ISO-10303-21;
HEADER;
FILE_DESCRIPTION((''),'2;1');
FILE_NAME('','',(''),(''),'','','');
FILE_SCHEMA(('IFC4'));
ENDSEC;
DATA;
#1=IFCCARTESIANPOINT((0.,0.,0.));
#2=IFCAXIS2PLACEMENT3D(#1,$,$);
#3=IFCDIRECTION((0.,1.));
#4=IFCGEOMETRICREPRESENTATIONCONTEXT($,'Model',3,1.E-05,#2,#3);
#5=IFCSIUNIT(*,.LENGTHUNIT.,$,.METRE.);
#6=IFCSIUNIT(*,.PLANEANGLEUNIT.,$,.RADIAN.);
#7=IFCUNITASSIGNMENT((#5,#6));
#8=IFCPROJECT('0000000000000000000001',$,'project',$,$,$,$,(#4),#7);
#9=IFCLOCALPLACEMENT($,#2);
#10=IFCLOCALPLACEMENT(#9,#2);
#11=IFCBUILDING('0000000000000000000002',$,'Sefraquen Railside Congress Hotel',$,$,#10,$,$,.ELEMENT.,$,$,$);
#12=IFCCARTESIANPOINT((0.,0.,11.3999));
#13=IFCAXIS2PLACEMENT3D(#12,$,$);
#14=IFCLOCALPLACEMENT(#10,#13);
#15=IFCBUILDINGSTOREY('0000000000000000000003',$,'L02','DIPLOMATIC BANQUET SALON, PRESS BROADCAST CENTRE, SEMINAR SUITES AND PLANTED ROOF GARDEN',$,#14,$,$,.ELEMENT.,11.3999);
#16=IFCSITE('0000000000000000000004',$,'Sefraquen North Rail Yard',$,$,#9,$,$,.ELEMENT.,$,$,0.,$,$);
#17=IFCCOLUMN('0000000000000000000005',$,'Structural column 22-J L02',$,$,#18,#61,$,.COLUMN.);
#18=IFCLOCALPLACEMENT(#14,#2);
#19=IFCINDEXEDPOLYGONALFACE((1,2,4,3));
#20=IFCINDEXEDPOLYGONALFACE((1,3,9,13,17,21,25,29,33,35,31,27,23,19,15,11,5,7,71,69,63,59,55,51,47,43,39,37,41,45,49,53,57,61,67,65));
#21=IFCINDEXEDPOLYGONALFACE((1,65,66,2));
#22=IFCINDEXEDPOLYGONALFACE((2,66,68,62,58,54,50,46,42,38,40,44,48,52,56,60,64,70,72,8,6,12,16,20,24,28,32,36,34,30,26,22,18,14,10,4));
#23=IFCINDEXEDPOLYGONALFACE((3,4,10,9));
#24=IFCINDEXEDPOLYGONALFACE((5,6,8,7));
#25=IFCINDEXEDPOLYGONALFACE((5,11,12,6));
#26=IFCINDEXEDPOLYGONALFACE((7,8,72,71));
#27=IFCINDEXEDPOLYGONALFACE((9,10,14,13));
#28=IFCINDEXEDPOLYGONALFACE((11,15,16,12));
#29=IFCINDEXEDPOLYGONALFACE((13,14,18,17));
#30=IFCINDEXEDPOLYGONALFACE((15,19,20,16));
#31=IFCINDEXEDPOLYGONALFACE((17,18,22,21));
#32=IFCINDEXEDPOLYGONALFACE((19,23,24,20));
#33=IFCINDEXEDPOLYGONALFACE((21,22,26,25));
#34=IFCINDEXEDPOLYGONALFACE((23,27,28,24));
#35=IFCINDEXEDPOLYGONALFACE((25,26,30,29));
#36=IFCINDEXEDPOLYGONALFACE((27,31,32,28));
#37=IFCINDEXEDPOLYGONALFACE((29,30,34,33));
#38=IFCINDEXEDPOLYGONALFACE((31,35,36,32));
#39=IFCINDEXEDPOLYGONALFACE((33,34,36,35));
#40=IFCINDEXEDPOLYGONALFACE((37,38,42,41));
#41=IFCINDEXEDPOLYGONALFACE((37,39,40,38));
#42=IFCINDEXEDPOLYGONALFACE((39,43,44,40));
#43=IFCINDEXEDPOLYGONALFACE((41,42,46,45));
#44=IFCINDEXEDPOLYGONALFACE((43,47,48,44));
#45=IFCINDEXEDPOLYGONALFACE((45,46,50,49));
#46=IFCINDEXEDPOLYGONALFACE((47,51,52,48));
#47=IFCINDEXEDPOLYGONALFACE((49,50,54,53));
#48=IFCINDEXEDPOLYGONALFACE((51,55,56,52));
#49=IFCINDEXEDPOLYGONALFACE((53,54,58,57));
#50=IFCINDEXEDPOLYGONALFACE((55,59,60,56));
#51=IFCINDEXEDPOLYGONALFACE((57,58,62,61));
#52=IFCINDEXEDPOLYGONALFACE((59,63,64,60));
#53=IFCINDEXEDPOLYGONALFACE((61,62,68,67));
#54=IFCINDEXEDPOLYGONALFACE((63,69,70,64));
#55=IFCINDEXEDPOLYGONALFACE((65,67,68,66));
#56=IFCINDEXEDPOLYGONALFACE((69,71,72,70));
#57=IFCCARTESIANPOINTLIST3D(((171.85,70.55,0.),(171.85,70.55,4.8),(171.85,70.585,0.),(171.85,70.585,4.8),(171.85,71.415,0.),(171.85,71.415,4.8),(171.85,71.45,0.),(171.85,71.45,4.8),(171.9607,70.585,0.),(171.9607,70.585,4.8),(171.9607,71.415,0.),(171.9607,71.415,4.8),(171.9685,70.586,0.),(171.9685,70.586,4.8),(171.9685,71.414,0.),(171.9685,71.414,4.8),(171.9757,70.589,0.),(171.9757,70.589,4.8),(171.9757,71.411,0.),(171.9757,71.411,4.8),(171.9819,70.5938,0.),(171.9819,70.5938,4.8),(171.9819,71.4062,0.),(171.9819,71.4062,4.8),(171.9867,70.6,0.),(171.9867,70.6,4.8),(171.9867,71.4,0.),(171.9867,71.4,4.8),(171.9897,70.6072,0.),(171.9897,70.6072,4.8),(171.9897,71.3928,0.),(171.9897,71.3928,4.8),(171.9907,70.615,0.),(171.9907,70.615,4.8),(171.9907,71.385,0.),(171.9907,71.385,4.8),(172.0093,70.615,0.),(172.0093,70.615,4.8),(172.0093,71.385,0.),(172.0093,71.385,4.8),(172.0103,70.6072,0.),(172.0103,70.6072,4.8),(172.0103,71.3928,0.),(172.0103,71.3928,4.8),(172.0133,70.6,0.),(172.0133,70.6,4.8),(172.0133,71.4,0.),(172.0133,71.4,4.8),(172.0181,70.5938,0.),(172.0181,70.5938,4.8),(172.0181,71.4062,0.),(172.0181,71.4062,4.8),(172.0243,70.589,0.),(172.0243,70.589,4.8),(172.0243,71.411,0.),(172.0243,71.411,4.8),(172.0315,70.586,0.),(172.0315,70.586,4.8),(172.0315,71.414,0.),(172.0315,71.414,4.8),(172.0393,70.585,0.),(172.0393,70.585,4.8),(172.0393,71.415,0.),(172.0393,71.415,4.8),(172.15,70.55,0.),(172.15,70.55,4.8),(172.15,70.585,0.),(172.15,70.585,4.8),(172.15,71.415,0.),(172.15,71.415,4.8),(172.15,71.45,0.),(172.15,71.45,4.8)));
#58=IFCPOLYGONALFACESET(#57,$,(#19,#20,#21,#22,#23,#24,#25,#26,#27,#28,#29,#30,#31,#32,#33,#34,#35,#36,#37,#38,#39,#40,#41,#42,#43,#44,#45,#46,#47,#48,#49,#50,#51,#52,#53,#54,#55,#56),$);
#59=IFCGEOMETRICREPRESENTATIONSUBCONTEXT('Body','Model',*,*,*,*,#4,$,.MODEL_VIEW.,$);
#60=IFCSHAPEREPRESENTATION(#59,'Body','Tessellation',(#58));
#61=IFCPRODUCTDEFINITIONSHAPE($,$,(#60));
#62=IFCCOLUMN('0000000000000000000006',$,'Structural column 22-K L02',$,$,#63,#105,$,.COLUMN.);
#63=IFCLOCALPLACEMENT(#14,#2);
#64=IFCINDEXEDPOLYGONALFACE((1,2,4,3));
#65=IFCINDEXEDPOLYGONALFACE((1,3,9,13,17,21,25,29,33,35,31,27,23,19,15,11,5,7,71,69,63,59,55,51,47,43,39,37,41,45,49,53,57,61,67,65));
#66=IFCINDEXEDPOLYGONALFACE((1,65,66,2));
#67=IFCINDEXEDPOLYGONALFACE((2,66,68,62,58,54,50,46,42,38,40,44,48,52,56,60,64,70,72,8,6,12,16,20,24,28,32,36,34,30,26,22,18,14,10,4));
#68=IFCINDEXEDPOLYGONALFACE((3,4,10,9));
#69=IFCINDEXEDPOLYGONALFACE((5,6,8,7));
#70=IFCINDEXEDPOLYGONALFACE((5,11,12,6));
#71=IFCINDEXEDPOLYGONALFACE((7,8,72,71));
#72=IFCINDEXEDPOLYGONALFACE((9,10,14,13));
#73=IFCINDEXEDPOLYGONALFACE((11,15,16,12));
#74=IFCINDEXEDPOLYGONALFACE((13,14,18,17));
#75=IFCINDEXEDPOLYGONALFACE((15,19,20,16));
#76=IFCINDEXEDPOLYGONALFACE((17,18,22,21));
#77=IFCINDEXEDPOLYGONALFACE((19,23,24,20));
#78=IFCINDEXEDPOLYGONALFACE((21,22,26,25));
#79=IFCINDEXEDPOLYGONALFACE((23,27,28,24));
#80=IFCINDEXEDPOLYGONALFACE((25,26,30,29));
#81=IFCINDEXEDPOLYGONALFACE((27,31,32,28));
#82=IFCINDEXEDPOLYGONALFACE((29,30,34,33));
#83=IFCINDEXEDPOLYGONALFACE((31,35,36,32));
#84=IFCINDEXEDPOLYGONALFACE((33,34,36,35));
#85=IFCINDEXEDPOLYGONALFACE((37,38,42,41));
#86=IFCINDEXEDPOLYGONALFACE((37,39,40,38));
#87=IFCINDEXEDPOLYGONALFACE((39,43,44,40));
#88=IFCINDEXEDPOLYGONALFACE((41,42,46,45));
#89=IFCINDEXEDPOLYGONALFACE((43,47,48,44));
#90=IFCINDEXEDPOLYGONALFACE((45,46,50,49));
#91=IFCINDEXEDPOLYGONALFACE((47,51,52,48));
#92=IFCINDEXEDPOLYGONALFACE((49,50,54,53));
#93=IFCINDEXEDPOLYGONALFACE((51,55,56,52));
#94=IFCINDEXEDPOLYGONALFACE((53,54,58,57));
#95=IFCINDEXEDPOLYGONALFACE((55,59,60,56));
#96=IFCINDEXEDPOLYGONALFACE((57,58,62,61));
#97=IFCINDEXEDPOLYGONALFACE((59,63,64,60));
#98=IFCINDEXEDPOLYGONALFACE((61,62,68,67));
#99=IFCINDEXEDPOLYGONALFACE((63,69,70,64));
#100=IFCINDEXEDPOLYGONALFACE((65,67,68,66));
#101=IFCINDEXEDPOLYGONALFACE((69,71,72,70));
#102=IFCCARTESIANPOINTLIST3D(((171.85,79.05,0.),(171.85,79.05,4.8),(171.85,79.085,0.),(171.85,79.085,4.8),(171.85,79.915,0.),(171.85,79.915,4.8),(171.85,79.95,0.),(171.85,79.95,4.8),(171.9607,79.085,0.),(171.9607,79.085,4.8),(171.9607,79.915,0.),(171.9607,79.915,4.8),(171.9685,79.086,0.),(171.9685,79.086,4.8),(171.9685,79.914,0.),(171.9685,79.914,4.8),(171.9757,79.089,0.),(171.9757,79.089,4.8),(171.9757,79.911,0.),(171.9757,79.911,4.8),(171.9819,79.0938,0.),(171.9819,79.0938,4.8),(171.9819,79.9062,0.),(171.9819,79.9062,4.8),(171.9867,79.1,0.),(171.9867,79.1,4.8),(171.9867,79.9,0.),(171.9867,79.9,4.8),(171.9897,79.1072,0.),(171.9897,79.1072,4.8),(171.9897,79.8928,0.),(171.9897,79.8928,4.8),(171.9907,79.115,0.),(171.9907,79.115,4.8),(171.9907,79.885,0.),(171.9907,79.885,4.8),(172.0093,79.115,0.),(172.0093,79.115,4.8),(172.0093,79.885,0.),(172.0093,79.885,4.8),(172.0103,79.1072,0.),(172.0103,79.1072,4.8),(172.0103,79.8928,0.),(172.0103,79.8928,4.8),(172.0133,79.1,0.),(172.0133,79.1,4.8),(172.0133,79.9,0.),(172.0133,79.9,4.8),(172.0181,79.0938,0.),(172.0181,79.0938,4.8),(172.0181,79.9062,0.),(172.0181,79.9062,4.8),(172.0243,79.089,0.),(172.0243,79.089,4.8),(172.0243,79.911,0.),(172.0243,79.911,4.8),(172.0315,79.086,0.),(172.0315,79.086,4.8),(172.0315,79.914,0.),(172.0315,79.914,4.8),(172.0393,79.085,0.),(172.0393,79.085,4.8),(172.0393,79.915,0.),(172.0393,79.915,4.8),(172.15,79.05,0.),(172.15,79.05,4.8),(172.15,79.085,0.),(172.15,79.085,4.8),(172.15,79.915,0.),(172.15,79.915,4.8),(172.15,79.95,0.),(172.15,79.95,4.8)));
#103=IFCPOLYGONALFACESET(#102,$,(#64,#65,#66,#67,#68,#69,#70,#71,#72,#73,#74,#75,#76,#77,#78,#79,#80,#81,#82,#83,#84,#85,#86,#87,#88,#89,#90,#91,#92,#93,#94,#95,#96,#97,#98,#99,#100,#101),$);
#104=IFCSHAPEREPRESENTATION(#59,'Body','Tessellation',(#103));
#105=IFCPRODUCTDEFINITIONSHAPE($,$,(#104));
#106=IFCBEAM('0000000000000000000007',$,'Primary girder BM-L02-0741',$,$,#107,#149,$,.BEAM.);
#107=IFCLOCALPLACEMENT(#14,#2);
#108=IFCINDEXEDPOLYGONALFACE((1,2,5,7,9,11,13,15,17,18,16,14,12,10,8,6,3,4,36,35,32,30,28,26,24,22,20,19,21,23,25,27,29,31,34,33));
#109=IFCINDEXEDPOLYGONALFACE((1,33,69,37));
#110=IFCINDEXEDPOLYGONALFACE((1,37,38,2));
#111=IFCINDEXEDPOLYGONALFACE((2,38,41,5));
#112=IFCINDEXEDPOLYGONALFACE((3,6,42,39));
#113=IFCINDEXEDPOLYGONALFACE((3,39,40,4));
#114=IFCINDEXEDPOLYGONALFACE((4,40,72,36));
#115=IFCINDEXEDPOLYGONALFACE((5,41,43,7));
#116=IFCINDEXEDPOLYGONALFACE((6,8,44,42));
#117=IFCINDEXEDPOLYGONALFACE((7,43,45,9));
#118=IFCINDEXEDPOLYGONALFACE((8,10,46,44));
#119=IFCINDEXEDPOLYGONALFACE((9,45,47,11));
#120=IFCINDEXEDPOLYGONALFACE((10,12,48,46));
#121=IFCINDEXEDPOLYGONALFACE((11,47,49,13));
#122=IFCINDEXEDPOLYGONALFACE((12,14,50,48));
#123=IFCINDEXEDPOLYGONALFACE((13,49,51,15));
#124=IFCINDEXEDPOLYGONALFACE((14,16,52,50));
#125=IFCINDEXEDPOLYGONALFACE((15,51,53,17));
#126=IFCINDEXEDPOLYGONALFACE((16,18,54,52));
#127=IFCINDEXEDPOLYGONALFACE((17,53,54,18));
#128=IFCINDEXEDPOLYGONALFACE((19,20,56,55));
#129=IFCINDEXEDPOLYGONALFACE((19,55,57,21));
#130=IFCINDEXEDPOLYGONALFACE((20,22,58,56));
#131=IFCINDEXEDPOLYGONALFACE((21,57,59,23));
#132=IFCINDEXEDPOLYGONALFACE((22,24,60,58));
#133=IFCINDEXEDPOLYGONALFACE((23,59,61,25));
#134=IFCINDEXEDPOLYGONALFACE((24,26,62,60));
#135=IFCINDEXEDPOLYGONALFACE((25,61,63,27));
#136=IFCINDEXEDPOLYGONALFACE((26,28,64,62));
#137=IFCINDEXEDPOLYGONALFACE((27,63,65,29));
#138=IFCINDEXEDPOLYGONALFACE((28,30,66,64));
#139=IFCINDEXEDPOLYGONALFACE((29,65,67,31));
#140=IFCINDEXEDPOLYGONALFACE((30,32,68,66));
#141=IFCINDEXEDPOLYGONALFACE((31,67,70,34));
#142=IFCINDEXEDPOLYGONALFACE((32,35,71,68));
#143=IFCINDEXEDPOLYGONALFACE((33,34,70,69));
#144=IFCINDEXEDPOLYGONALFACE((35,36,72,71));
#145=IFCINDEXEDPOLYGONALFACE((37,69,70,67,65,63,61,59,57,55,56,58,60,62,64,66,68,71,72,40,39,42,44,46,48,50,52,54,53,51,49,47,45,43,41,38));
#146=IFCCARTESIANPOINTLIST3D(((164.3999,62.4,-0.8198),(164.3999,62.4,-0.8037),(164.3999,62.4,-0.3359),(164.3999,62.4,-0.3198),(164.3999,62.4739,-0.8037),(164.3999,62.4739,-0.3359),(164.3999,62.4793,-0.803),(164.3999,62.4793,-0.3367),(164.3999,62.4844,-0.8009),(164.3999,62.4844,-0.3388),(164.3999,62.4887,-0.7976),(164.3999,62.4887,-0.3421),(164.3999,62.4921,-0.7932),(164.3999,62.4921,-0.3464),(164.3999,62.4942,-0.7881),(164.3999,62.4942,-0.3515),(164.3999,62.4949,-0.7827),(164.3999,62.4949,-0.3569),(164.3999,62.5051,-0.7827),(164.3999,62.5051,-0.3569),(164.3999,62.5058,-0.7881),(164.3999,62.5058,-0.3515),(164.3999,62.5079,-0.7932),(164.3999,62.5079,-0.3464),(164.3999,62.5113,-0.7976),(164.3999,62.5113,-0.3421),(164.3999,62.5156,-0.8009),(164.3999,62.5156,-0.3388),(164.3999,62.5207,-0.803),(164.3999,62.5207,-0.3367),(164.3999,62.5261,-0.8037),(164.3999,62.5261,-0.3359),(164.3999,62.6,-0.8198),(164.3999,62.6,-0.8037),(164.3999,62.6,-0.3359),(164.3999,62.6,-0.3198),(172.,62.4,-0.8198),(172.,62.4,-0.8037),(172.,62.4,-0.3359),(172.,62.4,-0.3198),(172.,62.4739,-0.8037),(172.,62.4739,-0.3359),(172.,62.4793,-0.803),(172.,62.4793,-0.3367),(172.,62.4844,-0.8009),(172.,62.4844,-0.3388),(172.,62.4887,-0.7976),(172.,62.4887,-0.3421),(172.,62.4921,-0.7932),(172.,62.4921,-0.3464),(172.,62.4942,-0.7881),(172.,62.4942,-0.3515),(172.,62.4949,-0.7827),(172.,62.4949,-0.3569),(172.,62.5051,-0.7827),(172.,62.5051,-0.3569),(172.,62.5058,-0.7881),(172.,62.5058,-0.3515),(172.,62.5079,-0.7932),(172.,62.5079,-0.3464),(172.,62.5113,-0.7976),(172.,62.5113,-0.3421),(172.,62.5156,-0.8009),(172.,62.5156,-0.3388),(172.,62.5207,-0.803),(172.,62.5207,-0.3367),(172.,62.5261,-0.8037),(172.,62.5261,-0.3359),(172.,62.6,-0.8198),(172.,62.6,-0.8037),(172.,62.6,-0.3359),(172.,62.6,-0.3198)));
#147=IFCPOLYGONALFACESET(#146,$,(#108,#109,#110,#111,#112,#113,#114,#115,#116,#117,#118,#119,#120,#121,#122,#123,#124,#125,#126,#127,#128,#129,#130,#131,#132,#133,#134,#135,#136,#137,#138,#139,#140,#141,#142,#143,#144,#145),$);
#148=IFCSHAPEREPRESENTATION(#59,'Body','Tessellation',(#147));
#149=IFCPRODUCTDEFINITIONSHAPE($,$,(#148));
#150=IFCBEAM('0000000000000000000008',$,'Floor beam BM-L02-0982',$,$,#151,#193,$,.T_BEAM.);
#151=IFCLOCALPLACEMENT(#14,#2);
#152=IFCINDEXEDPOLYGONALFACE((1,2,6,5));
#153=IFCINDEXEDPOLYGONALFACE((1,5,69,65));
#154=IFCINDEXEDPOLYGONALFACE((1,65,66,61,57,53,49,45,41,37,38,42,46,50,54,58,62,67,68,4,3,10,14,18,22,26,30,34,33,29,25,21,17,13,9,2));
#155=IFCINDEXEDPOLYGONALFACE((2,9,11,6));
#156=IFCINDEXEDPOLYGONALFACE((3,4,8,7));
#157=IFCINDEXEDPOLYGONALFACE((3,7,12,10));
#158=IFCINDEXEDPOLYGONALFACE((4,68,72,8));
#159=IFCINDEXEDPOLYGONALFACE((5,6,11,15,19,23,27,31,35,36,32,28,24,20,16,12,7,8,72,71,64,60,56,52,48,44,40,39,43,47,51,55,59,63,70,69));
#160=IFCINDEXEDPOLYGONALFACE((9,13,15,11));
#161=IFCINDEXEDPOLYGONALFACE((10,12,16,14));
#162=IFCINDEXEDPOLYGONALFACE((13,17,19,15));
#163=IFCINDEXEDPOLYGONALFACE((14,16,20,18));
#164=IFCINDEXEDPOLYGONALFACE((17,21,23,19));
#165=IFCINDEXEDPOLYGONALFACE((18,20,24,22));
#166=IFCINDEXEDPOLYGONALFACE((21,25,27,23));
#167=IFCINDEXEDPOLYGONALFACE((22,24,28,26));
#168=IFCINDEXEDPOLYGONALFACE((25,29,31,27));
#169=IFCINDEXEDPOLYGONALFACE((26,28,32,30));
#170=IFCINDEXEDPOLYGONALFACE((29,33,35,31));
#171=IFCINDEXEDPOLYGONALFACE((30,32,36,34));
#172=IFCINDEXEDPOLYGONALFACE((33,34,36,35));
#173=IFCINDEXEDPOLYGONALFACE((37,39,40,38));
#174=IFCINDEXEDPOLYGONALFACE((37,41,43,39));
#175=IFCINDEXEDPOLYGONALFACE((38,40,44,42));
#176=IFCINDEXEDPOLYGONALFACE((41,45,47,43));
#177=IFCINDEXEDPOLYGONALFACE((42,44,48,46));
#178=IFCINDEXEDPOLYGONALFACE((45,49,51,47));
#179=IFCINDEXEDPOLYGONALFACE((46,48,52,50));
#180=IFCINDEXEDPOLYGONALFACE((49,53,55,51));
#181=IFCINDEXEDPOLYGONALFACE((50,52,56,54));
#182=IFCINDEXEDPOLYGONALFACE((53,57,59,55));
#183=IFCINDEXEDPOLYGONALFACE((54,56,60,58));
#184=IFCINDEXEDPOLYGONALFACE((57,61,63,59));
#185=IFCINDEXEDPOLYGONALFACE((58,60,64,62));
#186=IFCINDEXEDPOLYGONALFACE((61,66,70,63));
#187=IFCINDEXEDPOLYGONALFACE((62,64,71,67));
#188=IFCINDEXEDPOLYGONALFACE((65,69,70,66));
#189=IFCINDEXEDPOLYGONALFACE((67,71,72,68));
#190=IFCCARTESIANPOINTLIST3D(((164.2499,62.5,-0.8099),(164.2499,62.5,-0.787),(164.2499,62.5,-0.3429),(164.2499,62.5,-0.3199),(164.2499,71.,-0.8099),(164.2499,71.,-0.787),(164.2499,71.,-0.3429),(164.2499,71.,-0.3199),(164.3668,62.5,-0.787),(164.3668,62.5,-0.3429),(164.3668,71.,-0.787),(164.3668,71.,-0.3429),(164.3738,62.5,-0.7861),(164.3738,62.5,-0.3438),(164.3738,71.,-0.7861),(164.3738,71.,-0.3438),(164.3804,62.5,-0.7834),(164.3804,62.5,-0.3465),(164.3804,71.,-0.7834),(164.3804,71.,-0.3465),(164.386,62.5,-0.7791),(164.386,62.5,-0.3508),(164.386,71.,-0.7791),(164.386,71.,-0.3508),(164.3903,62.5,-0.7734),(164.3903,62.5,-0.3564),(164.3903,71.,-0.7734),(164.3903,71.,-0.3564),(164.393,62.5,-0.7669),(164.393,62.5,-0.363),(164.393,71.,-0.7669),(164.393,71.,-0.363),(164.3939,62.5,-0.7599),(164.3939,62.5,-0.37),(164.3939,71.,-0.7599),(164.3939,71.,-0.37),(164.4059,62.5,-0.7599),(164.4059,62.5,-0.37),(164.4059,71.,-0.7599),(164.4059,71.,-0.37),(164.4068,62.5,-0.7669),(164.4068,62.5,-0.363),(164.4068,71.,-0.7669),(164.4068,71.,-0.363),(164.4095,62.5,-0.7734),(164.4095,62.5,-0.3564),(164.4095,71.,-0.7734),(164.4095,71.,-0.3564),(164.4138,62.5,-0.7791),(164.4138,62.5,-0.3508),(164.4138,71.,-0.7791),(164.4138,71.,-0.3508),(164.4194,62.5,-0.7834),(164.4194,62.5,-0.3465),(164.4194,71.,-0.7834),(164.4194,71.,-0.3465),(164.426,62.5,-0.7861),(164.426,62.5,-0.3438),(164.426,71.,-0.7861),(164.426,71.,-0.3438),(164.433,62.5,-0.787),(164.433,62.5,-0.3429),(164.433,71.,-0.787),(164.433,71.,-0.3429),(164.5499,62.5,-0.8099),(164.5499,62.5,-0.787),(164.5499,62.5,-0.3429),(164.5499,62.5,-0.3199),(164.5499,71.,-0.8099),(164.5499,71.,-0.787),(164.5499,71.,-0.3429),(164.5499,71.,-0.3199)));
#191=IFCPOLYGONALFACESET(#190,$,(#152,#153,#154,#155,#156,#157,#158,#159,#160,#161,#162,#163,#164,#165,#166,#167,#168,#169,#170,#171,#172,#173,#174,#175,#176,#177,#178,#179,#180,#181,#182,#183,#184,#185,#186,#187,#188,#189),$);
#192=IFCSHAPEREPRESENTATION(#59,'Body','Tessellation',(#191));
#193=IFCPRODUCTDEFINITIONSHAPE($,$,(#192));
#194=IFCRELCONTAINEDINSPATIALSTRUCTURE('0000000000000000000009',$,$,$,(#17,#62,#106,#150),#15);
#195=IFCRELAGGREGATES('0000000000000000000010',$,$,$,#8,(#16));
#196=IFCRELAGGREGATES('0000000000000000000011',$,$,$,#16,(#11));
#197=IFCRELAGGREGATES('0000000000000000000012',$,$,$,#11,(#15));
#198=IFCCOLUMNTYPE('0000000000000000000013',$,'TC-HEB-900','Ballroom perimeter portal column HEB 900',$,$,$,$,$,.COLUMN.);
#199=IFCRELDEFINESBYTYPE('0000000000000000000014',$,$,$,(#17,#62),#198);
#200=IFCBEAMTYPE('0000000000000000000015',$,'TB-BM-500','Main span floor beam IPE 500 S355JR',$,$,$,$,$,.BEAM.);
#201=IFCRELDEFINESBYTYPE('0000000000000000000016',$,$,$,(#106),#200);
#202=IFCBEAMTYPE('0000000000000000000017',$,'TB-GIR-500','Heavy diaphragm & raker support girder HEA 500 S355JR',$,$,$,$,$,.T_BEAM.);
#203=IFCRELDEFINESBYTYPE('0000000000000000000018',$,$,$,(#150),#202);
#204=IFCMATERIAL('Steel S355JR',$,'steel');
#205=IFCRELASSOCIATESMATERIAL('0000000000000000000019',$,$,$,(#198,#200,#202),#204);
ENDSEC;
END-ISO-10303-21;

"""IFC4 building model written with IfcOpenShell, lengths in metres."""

from ifc_helpers import new_model, si_unit, direction, frame, origin, origin_2d, place, context, subcontext, project, spatial, i_section, extrude, material, material_profile, profile_set, type_object, element, save


model = new_model("IFC4")

# Units and contexts
model_context = context("Model", 3, precision=1e-05, world=origin(), true_north=direction((0.0, 1.0)))
body_context = subcontext(model_context, "Body", "Model", "MODEL_VIEW")
ifc_project = project(units=[si_unit("LENGTHUNIT", "METRE"), si_unit("PLANEANGLEUNIT", "RADIAN")], contexts=[model_context])

# Site, building, storey
site_placement = place(None, origin())
site = spatial("IfcSite", under=ifc_project, at=site_placement, Name="Sefraquen North Rail Yard", CompositionType="ELEMENT", RefElevation=0.0)
building_placement = place(site_placement, origin())
building = spatial("IfcBuilding", under=site, at=building_placement, Name="Sefraquen Railside Congress Hotel", CompositionType="ELEMENT")
storey_placement = place(building_placement, frame((0.0, 0.0, 11.3999)))
storey = spatial("IfcBuildingStorey", under=building, at=storey_placement, Name="L02", Description="DIPLOMATIC BANQUET SALON, PRESS BROADCAST CENTRE, SEMINAR SUITES AND PLANTED ROOF GARDEN", CompositionType="ELEMENT", Elevation=11.3999)

# Columns
ifc_material_1 = material(Name="Steel S355JR", Category="steel")
ifc_material_profile_1 = material_profile(ifc_material_1, i_section(OverallWidth=0.3, OverallDepth=0.8999, WebThickness=0.0186, FlangeThickness=0.0349, FilletRadius=0.03, at=origin_2d()), Name="HEB 900")
ifc_profile_set_1 = profile_set([ifc_material_profile_1], Name="Steel S355JR")
column_type = type_object("IfcColumnType", Name="TC-HEB-900", Description="Ballroom perimeter portal column HEB 900", PredefinedType="COLUMN", material=ifc_profile_set_1)
for number, where, z_axis, x_axis, name in (
    (1, (172.0, 71.0, 0.0), (0.0, 0.0, 1.0), (1.0, 0.0, 0.0), "Structural column 22-J L02"),
    (2, (172.0, 79.5, 0.0), (0.0, 0.0, 1.0), (1.0, 0.0, 0.0), "Structural column 22-K L02"),
):
    element("IfcColumn", number, at=place(storey_placement, frame(where, z_axis=z_axis, x_axis=x_axis)), inside=storey, type_object=column_type, Name=name, PredefinedType="COLUMN", context=body_context, shape_type="SweptSolid", body=[
        extrude(i_section(OverallWidth=0.3, OverallDepth=0.8999, WebThickness=0.0186, FlangeThickness=0.0349, FilletRadius=0.03, at=origin_2d()), origin(), (0.0, 0.0, 1.0), 4.8),
    ])

# Beams
ifc_material_profile_2 = material_profile(ifc_material_1, i_section(OverallWidth=0.2, OverallDepth=0.5, WebThickness=0.0103, FlangeThickness=0.0161, FilletRadius=0.021, at=origin_2d()), Name="IPE 500")
ifc_profile_set_2 = profile_set([ifc_material_profile_2], Name="Steel S355JR")
beam_type_1 = type_object("IfcBeamType", Name="TB-BM-500", Description="Main span floor beam IPE 500 S355JR", PredefinedType="BEAM", material=ifc_profile_set_2)
beam_placement = place(storey_placement, frame((164.3999, 62.5, -0.5698), z_axis=(1.0, 0.0, 0.0), x_axis=(0.0, 1.0, 0.0)))
element("IfcBeam", 3, at=beam_placement, inside=storey, type_object=beam_type_1, Name="Primary girder BM-L02-0741", PredefinedType="BEAM", context=body_context, shape_type="SweptSolid", body=[
    extrude(i_section(OverallWidth=0.2, OverallDepth=0.5, WebThickness=0.0103, FlangeThickness=0.0161, FilletRadius=0.021, at=origin_2d()), origin(), (0.0, 0.0, 1.0), 7.6001),
])
ifc_material_profile_3 = material_profile(ifc_material_1, i_section(OverallWidth=0.3, OverallDepth=0.49, WebThickness=0.012, FlangeThickness=0.0229, FilletRadius=0.0271, at=origin_2d()), Name="HEA 500")
ifc_profile_set_3 = profile_set([ifc_material_profile_3], Name="Steel S355JR")
beam_type_2 = type_object("IfcBeamType", Name="TB-GIR-500", Description="Heavy diaphragm & raker support girder HEA 500 S355JR", PredefinedType="T_BEAM", material=ifc_profile_set_3)
for number, where, z_axis, x_axis, name in (
    (4, (164.3999, 62.5, -0.5649), (0.0, 1.0, 0.0), (-1.0, 0.0, 0.0), "Floor beam BM-L02-0982"),
):
    element("IfcBeam", number, at=place(storey_placement, frame(where, z_axis=z_axis, x_axis=x_axis)), inside=storey, type_object=beam_type_2, Name=name, PredefinedType="T_BEAM", context=body_context, shape_type="SweptSolid", body=[
        extrude(i_section(OverallWidth=0.3, OverallDepth=0.49, WebThickness=0.012, FlangeThickness=0.0229, FilletRadius=0.0271, at=origin_2d()), origin(), (0.0, 0.0, 1.0), 8.5),
    ])

save(model, "model.ifc")
